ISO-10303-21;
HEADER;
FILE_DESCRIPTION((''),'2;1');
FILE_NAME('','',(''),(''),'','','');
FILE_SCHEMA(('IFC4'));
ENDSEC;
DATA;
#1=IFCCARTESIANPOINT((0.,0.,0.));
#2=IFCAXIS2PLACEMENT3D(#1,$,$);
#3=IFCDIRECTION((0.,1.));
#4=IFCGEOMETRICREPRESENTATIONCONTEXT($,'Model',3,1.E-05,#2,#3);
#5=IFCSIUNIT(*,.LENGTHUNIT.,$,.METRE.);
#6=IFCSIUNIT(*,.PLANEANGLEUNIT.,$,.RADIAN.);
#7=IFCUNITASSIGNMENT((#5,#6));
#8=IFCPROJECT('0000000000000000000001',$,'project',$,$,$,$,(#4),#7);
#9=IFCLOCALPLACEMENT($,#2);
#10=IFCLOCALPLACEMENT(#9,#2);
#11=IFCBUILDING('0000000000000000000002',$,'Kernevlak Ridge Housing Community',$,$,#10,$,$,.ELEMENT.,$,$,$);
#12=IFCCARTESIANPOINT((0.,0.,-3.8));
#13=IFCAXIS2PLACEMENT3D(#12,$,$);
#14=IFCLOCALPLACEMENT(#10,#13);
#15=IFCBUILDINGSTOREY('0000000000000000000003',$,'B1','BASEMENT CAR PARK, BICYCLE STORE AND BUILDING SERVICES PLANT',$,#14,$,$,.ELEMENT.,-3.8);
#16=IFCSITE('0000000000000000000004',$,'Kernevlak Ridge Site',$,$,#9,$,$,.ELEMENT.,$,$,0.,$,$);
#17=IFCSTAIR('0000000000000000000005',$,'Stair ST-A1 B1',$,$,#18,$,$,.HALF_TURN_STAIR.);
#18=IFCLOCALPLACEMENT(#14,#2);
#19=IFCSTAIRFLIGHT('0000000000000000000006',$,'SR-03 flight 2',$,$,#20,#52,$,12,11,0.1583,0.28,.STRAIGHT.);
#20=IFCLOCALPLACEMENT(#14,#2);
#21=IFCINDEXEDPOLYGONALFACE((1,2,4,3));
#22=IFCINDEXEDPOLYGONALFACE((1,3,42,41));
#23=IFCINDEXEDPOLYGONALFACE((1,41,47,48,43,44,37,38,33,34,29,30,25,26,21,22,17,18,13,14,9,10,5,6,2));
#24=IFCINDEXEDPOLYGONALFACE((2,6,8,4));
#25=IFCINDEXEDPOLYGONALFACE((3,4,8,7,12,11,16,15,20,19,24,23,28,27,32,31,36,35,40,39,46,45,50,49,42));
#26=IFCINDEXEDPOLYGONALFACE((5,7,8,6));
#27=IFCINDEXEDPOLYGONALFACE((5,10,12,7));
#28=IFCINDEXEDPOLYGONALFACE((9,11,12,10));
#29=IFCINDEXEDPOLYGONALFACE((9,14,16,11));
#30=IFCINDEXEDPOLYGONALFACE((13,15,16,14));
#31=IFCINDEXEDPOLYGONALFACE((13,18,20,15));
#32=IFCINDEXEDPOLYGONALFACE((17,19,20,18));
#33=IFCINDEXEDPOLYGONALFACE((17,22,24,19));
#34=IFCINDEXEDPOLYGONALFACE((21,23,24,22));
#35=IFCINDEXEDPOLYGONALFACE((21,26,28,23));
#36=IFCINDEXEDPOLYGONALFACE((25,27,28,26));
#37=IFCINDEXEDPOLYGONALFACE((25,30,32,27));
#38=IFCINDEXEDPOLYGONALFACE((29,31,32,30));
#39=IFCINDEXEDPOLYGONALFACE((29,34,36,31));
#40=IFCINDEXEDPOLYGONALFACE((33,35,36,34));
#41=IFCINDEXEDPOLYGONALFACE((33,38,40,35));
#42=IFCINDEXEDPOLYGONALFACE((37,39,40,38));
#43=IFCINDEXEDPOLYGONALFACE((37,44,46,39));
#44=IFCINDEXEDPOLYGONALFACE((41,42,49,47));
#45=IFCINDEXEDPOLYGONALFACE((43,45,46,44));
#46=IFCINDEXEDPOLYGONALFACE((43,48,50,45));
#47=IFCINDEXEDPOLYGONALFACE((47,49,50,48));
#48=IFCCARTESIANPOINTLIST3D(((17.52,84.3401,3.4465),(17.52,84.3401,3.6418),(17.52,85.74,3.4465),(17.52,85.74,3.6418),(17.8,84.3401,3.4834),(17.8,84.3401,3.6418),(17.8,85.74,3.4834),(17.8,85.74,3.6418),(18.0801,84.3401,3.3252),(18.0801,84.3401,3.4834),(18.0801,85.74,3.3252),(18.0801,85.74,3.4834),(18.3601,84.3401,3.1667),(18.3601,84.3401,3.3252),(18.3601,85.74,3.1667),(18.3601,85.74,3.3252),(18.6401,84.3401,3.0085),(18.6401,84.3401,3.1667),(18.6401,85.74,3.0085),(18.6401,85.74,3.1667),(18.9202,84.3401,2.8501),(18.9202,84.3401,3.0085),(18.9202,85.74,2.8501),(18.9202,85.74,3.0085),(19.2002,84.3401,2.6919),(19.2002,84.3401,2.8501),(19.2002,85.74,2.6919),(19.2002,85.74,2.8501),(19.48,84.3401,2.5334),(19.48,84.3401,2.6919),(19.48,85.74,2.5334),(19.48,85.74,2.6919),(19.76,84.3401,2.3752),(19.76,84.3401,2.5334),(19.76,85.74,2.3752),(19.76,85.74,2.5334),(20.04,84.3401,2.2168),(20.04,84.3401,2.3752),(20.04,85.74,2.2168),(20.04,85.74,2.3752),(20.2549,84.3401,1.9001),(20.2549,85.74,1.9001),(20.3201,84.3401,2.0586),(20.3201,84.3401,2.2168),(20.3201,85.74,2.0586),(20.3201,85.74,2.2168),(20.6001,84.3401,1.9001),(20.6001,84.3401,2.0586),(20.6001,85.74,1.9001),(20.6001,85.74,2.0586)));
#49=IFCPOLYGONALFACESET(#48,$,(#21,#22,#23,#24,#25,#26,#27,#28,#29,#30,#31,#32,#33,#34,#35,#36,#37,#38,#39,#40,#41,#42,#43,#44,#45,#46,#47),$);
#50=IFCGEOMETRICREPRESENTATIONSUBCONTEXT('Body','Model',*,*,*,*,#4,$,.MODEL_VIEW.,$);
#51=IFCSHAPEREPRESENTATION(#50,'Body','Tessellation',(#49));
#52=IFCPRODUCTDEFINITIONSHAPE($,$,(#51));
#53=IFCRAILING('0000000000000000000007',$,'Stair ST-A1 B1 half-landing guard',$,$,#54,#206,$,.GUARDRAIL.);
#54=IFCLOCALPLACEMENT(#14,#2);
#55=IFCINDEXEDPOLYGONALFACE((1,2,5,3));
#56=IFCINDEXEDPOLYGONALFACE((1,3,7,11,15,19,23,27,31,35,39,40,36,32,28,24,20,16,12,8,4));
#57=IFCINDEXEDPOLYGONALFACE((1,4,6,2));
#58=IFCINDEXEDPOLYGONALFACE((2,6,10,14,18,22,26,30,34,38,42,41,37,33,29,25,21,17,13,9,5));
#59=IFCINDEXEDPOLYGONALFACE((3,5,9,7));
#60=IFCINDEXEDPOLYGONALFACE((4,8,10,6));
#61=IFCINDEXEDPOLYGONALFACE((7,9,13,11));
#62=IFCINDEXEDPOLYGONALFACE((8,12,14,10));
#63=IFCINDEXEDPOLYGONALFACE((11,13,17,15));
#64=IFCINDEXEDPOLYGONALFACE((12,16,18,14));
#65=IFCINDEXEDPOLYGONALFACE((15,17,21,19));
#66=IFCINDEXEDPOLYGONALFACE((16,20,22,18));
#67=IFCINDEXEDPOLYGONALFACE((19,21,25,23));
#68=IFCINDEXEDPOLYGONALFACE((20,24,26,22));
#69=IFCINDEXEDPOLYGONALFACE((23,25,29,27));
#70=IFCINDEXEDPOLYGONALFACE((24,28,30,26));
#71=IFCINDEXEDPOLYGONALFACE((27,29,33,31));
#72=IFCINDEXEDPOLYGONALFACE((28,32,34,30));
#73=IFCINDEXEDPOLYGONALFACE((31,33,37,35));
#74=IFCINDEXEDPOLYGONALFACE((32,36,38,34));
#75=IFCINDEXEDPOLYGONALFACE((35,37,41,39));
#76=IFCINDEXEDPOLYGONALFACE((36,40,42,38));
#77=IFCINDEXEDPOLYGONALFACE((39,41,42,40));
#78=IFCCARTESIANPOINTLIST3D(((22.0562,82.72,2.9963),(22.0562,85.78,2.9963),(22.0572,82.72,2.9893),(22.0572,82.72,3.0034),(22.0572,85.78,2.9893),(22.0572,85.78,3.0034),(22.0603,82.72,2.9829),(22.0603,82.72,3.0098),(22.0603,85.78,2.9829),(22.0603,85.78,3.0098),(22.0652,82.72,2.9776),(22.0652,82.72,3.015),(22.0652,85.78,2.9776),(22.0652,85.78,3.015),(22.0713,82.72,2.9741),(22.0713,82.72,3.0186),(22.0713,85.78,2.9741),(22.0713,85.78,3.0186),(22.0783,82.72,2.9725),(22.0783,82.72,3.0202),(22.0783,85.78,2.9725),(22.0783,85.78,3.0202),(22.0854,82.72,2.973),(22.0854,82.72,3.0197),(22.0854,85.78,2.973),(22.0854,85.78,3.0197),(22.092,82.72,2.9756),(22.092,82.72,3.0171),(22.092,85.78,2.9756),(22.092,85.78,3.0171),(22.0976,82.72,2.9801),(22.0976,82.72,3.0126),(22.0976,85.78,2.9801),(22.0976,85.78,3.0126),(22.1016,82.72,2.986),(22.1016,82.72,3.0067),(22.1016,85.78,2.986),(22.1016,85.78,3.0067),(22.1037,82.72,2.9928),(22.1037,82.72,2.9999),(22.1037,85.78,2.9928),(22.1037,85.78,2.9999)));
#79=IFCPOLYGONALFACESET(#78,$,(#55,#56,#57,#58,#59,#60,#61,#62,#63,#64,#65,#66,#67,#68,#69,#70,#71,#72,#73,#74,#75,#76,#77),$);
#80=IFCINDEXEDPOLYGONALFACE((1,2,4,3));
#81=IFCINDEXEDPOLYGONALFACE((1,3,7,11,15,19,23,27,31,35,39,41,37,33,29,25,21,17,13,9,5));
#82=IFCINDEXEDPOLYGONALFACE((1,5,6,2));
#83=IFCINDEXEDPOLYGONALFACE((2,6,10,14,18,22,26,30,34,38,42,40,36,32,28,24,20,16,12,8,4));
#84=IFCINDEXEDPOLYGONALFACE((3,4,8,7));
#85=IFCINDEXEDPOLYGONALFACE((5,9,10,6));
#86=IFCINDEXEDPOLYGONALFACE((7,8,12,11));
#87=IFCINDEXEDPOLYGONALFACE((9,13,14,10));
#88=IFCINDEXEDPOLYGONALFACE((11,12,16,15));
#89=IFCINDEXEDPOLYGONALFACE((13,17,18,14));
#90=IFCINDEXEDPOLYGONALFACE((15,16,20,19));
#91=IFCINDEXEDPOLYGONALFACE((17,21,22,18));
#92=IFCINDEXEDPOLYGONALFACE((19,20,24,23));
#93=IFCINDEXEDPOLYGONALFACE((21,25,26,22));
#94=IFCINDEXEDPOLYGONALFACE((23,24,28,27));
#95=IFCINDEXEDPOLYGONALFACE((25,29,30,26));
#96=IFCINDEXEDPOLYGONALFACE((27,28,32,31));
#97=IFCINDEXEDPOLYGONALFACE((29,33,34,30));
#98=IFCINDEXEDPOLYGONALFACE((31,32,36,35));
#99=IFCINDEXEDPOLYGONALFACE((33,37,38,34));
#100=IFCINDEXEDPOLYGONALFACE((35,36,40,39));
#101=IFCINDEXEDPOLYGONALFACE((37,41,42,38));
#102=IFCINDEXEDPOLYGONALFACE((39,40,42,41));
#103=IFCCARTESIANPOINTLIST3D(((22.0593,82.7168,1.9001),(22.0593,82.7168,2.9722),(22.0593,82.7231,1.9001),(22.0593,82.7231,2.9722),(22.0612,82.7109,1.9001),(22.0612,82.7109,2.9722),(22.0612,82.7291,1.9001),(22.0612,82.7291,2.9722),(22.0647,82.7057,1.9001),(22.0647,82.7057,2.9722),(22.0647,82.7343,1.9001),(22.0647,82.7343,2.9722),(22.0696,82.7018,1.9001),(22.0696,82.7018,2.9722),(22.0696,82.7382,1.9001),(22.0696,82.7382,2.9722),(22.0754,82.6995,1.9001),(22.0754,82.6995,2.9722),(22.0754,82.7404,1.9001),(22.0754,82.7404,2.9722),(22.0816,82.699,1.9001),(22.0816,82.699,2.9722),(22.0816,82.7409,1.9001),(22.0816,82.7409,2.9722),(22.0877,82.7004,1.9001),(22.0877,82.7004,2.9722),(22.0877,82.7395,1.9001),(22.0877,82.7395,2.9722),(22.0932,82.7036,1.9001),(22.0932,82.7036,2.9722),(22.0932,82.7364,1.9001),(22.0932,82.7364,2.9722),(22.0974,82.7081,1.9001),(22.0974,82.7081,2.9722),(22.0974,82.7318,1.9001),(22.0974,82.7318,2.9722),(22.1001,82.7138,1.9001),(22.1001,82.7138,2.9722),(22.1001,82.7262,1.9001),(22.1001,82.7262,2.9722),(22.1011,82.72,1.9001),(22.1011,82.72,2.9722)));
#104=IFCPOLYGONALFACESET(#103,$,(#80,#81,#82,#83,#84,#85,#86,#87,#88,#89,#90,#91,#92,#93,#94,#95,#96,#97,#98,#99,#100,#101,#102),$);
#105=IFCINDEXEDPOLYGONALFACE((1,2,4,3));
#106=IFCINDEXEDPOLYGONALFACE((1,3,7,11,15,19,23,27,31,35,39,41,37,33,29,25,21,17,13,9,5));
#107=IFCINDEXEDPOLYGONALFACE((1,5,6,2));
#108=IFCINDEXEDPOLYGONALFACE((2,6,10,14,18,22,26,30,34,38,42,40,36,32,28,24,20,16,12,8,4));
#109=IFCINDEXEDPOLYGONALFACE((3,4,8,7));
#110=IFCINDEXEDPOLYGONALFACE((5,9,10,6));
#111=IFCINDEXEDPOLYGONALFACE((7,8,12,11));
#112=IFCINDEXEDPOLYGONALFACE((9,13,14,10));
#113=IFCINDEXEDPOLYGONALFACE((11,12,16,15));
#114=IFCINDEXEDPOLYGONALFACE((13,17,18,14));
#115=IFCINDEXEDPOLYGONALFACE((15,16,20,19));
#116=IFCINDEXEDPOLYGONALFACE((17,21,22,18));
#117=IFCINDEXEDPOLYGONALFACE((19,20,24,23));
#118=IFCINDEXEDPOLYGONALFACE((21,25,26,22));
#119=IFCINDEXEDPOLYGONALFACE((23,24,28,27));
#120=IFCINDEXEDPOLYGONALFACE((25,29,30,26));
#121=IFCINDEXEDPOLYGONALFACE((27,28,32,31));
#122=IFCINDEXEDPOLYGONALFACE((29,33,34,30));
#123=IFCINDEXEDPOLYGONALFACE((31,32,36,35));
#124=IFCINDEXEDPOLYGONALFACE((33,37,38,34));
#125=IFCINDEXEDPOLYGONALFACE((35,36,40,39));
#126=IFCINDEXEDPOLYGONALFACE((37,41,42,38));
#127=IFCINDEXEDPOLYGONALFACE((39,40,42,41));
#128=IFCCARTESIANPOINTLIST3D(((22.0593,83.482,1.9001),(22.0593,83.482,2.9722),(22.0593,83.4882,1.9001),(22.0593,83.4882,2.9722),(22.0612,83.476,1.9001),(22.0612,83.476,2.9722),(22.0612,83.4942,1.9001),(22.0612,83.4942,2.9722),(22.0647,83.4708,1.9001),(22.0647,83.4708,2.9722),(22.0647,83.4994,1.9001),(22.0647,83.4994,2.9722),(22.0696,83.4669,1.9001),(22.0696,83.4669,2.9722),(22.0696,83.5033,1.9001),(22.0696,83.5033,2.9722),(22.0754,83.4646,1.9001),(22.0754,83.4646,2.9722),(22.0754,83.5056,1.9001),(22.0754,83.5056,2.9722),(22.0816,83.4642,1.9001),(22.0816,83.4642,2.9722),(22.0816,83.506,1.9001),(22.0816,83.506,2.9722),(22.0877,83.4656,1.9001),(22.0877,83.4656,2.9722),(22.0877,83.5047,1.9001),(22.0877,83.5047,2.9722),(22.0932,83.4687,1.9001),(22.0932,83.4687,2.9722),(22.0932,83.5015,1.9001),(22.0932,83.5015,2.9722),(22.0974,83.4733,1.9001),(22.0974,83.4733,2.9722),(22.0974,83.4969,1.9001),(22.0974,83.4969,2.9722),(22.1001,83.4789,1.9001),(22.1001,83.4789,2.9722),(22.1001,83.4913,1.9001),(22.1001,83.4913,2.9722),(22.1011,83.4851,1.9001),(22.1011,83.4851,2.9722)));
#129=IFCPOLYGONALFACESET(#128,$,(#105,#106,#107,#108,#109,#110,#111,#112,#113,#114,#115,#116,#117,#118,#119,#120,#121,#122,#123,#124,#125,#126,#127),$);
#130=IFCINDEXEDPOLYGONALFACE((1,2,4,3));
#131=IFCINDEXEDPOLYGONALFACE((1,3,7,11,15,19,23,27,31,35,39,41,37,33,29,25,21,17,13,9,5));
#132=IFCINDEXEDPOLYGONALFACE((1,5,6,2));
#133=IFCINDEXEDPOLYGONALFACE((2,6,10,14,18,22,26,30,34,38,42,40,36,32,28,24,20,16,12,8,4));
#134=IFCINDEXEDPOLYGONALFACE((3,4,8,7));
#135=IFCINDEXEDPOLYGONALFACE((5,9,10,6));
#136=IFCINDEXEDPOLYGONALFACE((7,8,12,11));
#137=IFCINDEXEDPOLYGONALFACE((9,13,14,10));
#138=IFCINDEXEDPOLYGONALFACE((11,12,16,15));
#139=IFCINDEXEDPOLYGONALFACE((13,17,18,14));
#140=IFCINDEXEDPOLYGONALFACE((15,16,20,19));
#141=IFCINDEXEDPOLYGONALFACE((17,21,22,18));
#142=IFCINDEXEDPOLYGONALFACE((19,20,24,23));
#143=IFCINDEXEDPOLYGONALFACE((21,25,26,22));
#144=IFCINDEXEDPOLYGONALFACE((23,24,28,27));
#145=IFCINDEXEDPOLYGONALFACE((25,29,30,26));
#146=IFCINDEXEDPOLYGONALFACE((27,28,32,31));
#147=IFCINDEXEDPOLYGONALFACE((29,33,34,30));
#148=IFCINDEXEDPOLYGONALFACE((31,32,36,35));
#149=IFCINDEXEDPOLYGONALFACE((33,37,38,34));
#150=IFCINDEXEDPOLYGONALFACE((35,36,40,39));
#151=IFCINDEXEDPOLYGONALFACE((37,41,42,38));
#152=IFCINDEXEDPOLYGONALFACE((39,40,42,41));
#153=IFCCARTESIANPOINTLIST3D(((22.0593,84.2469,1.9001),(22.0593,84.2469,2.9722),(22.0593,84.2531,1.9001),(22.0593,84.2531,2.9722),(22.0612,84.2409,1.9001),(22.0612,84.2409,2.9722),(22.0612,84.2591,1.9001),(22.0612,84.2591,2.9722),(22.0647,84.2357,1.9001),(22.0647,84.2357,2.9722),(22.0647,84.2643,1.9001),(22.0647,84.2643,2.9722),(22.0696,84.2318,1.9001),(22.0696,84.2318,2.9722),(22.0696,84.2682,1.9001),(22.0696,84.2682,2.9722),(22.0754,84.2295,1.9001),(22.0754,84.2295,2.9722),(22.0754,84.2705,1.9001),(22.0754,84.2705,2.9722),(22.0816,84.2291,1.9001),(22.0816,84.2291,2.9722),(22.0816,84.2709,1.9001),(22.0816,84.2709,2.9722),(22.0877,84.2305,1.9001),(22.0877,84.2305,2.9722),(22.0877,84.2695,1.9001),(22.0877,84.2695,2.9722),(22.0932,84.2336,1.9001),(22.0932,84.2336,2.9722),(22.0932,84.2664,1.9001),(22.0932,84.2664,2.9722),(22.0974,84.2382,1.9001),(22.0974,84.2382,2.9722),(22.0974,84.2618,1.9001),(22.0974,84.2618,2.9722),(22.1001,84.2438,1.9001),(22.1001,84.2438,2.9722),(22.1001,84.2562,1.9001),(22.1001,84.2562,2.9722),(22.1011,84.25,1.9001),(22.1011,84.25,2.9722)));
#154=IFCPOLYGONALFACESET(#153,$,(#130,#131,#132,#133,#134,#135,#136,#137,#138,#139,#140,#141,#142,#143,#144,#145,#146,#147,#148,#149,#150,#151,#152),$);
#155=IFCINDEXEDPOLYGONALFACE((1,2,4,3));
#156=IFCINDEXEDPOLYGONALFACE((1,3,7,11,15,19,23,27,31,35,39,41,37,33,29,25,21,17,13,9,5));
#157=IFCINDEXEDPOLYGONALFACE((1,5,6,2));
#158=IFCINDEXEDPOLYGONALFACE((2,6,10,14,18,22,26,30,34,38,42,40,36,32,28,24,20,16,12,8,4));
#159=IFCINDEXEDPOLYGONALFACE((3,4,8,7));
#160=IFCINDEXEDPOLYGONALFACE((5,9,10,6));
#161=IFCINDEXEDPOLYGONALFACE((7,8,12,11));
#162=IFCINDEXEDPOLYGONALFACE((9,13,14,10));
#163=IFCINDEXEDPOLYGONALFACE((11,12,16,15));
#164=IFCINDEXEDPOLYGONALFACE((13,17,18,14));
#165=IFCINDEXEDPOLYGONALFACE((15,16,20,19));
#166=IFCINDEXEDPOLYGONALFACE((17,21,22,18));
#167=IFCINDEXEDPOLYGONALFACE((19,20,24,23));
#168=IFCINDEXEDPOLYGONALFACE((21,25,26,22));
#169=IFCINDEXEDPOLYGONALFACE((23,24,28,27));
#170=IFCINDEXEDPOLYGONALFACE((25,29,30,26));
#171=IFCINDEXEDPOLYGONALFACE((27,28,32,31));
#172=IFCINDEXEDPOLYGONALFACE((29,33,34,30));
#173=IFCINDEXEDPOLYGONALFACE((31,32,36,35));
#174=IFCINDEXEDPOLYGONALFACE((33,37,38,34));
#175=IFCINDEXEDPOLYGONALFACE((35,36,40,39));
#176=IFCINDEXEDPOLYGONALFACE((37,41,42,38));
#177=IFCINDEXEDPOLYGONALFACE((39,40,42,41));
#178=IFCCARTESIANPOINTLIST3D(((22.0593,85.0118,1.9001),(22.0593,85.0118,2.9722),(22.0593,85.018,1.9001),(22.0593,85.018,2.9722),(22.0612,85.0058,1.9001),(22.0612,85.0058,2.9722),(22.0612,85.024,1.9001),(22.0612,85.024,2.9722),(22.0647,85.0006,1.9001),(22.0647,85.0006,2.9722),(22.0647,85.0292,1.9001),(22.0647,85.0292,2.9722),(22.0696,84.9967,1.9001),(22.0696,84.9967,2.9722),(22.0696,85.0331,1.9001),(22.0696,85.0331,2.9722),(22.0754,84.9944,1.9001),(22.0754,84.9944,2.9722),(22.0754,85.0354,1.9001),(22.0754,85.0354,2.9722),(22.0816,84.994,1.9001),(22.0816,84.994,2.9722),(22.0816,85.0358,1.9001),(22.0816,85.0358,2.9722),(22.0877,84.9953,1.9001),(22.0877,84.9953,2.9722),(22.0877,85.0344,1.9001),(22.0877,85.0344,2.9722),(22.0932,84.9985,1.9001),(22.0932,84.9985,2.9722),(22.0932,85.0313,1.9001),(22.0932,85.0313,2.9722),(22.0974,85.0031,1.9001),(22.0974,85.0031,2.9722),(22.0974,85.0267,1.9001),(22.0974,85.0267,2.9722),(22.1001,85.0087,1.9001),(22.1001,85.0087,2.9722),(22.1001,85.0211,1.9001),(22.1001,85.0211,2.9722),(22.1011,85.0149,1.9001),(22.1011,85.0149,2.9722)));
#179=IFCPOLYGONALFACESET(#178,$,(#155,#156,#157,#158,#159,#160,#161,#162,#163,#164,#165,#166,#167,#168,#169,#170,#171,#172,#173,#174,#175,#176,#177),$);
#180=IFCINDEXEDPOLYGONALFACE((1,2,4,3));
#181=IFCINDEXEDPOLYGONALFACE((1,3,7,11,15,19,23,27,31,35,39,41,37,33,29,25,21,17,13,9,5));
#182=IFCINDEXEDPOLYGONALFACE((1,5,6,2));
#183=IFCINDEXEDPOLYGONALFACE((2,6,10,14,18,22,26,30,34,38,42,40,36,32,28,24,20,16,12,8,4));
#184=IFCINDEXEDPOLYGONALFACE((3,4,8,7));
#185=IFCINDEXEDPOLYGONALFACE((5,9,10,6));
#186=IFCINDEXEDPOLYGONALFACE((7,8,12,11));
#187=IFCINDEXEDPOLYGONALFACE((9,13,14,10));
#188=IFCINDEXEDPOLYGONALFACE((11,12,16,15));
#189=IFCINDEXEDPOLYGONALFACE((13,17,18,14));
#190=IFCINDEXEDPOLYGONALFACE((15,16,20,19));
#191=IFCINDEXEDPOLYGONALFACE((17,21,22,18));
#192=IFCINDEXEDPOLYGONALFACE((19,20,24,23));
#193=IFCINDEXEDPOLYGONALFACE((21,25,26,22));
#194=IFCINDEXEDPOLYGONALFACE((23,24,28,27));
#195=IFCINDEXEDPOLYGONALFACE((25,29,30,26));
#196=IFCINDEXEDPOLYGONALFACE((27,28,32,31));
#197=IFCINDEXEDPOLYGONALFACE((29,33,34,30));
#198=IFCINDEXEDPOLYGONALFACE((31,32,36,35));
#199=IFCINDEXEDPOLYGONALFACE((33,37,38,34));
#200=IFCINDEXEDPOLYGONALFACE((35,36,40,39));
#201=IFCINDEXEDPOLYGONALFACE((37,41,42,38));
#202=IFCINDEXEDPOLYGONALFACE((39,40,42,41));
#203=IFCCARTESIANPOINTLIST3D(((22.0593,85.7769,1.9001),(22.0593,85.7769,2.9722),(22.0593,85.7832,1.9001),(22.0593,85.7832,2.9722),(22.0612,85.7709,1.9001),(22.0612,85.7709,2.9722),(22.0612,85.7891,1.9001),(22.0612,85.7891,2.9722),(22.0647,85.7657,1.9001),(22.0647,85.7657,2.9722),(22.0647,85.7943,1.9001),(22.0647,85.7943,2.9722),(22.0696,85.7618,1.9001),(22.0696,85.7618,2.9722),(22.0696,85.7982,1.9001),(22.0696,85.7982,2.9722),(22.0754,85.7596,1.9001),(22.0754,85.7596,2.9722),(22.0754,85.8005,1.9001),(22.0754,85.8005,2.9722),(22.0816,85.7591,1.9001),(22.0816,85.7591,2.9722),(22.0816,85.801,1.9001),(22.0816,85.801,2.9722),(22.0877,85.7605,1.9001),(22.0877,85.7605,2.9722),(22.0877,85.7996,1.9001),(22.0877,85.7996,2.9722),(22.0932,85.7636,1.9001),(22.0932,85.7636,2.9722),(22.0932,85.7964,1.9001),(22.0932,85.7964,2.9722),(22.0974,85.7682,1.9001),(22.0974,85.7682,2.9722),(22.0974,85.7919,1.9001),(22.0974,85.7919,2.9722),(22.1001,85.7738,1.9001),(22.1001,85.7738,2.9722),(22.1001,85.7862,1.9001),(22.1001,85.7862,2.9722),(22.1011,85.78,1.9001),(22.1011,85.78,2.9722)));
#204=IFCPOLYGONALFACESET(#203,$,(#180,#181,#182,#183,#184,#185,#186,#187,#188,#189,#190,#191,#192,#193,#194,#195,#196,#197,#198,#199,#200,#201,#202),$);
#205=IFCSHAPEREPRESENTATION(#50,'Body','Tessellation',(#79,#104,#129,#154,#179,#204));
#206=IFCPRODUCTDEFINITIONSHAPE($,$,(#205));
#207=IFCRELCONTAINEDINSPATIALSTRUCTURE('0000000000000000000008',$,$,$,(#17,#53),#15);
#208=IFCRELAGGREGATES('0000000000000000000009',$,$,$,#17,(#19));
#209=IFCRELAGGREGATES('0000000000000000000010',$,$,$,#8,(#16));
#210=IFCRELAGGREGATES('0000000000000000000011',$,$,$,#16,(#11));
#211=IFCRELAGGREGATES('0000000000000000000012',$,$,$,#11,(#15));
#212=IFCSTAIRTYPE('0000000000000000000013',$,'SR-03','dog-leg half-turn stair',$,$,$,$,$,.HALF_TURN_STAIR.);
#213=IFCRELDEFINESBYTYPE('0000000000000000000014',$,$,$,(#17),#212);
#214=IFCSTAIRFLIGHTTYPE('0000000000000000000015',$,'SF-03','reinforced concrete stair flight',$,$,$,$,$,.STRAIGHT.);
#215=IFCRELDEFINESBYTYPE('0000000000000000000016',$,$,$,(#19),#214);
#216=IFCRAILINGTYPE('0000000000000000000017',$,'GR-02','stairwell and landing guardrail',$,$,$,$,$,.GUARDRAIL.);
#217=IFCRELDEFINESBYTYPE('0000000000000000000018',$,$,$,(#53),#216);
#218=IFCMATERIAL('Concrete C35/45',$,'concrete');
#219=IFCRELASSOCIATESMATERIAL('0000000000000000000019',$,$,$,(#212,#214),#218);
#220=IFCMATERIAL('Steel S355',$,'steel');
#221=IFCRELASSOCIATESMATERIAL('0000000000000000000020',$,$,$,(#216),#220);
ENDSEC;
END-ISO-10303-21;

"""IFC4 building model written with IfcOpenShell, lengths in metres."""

from ifc_helpers import new_model, si_unit, direction, frame, origin, origin_2d, place, context, subcontext, project, spatial, polyline, circle, outline, extrude, material, type_object, element, aggregate, save


model = new_model("IFC4")

# Units and contexts
model_context = context("Model", 3, precision=1e-05, world=origin(), true_north=direction((0.0, 1.0)))
body_context = subcontext(model_context, "Body", "Model", "MODEL_VIEW")
ifc_project = project(units=[si_unit("LENGTHUNIT", "METRE"), si_unit("PLANEANGLEUNIT", "RADIAN")], contexts=[model_context])

# Site, building, storey
site_placement = place(None, origin())
site = spatial("IfcSite", under=ifc_project, at=site_placement, Name="Kernevlak Ridge Site", CompositionType="ELEMENT", RefElevation=0.0)
building_placement = place(site_placement, origin())
building = spatial("IfcBuilding", under=site, at=building_placement, Name="Kernevlak Ridge Housing Community", CompositionType="ELEMENT")
storey_placement = place(building_placement, frame((0.0, 0.0, -3.8)))
storey = spatial("IfcBuildingStorey", under=building, at=storey_placement, Name="B1", Description="BASEMENT CAR PARK, BICYCLE STORE AND BUILDING SERVICES PLANT", CompositionType="ELEMENT", Elevation=-3.8)

# Shared definitions
ifc_material_1 = material(Name="Concrete C35/45", Category="concrete")

# Stair, stair flight
stair_type = type_object("IfcStairType", Name="SR-03", Description="dog-leg half-turn stair", PredefinedType="HALF_TURN_STAIR", material=ifc_material_1)
stair_placement = place(storey_placement, origin())
stair = element("IfcStair", 1, at=stair_placement, inside=storey, type_object=stair_type, Name="Stair ST-A1 B1", PredefinedType="HALF_TURN_STAIR")
stair_flight_type = type_object("IfcStairFlightType", Name="SF-03", Description="reinforced concrete stair flight", PredefinedType="STRAIGHT", material=ifc_material_1)
stair_flight_1_placement = place(storey_placement, frame((20.6001, 85.04, 1.9001), z_axis=(0.0, 0.0, 1.0), x_axis=(-1.0, 0.0, 0.0)))
stair_flight_1 = element("IfcStairFlight", 2, at=stair_flight_1_placement, type_object=stair_flight_type, Name="SR-03 flight 2", NumberOfRisers=12, NumberOfTreads=11, PredefinedType="STRAIGHT", RiserHeight=0.1583, TreadLength=0.28, context=body_context, shape_type="SweptSolid", body=[
    extrude(outline(polyline([(0.0, 0.0), (0.0, 0.1584), (0.28, 0.1584), (0.28, 0.3167), (0.5601, 0.3167), (0.5601, 0.4751), (0.8401, 0.4751), (0.8401, 0.6333), (1.1201, 0.6333), (1.1201, 0.7917), (1.3999, 0.7917), (1.3999, 0.95), (1.6799, 0.95), (1.6799, 1.1084), (1.96, 1.1084), (1.96, 1.2666), (2.24, 1.2666), (2.24, 1.425), (2.52, 1.425), (2.52, 1.5833), (2.8, 1.5833), (2.8, 1.7417), (3.0801, 1.7417), (3.0801, 1.8999), (3.0801, 1.5464), (0.3452, 0.0), (0.0, 0.0)])), frame((0.0, 0.7, 0.0), z_axis=(0.0, -1.0, 0.0), x_axis=(1.0, 0.0, 0.0)), (0.0, 0.0, 1.0), 1.3999),
])
aggregate(stair, [stair_flight_1])

# Railing
ifc_material_2 = material(Name="Steel S355", Category="steel")
railing_type_1 = type_object("IfcRailingType", Name="GR-02", Description="stairwell and landing guardrail", PredefinedType="GUARDRAIL", material=ifc_material_2)
railing_1_placement = place(storey_placement, frame((22.0801, 82.72, 1.9001)))
element("IfcRailing", 3, at=railing_1_placement, inside=storey, type_object=railing_type_1, Name="Stair ST-A1 B1 half-landing guard", PredefinedType="GUARDRAIL", context=body_context, shape_type="SweptSolid", body=[
    extrude(circle(Radius=0.0239, at=origin_2d()), frame((0.0, 0.0, 1.0962), z_axis=(0.0, 1.0, 0.0), x_axis=(-1.0, 0.0, 0.0)), (0.0, 0.0, 1.0), 3.0601),
    extrude(circle(Radius=0.021, at=origin_2d()), origin(), (0.0, 0.0, 1.0), 1.072),
    extrude(circle(Radius=0.021, at=origin_2d()), frame((0.0, 0.7651, 0.0)), (0.0, 0.0, 1.0), 1.072),
    extrude(circle(Radius=0.021, at=origin_2d()), frame((0.0, 1.53, 0.0)), (0.0, 0.0, 1.0), 1.072),
    extrude(circle(Radius=0.021, at=origin_2d()), frame((0.0, 2.2949, 0.0)), (0.0, 0.0, 1.0), 1.072),
    extrude(circle(Radius=0.021, at=origin_2d()), frame((0.0, 3.0601, 0.0)), (0.0, 0.0, 1.0), 1.072),
])

save(model, "model.ifc")
